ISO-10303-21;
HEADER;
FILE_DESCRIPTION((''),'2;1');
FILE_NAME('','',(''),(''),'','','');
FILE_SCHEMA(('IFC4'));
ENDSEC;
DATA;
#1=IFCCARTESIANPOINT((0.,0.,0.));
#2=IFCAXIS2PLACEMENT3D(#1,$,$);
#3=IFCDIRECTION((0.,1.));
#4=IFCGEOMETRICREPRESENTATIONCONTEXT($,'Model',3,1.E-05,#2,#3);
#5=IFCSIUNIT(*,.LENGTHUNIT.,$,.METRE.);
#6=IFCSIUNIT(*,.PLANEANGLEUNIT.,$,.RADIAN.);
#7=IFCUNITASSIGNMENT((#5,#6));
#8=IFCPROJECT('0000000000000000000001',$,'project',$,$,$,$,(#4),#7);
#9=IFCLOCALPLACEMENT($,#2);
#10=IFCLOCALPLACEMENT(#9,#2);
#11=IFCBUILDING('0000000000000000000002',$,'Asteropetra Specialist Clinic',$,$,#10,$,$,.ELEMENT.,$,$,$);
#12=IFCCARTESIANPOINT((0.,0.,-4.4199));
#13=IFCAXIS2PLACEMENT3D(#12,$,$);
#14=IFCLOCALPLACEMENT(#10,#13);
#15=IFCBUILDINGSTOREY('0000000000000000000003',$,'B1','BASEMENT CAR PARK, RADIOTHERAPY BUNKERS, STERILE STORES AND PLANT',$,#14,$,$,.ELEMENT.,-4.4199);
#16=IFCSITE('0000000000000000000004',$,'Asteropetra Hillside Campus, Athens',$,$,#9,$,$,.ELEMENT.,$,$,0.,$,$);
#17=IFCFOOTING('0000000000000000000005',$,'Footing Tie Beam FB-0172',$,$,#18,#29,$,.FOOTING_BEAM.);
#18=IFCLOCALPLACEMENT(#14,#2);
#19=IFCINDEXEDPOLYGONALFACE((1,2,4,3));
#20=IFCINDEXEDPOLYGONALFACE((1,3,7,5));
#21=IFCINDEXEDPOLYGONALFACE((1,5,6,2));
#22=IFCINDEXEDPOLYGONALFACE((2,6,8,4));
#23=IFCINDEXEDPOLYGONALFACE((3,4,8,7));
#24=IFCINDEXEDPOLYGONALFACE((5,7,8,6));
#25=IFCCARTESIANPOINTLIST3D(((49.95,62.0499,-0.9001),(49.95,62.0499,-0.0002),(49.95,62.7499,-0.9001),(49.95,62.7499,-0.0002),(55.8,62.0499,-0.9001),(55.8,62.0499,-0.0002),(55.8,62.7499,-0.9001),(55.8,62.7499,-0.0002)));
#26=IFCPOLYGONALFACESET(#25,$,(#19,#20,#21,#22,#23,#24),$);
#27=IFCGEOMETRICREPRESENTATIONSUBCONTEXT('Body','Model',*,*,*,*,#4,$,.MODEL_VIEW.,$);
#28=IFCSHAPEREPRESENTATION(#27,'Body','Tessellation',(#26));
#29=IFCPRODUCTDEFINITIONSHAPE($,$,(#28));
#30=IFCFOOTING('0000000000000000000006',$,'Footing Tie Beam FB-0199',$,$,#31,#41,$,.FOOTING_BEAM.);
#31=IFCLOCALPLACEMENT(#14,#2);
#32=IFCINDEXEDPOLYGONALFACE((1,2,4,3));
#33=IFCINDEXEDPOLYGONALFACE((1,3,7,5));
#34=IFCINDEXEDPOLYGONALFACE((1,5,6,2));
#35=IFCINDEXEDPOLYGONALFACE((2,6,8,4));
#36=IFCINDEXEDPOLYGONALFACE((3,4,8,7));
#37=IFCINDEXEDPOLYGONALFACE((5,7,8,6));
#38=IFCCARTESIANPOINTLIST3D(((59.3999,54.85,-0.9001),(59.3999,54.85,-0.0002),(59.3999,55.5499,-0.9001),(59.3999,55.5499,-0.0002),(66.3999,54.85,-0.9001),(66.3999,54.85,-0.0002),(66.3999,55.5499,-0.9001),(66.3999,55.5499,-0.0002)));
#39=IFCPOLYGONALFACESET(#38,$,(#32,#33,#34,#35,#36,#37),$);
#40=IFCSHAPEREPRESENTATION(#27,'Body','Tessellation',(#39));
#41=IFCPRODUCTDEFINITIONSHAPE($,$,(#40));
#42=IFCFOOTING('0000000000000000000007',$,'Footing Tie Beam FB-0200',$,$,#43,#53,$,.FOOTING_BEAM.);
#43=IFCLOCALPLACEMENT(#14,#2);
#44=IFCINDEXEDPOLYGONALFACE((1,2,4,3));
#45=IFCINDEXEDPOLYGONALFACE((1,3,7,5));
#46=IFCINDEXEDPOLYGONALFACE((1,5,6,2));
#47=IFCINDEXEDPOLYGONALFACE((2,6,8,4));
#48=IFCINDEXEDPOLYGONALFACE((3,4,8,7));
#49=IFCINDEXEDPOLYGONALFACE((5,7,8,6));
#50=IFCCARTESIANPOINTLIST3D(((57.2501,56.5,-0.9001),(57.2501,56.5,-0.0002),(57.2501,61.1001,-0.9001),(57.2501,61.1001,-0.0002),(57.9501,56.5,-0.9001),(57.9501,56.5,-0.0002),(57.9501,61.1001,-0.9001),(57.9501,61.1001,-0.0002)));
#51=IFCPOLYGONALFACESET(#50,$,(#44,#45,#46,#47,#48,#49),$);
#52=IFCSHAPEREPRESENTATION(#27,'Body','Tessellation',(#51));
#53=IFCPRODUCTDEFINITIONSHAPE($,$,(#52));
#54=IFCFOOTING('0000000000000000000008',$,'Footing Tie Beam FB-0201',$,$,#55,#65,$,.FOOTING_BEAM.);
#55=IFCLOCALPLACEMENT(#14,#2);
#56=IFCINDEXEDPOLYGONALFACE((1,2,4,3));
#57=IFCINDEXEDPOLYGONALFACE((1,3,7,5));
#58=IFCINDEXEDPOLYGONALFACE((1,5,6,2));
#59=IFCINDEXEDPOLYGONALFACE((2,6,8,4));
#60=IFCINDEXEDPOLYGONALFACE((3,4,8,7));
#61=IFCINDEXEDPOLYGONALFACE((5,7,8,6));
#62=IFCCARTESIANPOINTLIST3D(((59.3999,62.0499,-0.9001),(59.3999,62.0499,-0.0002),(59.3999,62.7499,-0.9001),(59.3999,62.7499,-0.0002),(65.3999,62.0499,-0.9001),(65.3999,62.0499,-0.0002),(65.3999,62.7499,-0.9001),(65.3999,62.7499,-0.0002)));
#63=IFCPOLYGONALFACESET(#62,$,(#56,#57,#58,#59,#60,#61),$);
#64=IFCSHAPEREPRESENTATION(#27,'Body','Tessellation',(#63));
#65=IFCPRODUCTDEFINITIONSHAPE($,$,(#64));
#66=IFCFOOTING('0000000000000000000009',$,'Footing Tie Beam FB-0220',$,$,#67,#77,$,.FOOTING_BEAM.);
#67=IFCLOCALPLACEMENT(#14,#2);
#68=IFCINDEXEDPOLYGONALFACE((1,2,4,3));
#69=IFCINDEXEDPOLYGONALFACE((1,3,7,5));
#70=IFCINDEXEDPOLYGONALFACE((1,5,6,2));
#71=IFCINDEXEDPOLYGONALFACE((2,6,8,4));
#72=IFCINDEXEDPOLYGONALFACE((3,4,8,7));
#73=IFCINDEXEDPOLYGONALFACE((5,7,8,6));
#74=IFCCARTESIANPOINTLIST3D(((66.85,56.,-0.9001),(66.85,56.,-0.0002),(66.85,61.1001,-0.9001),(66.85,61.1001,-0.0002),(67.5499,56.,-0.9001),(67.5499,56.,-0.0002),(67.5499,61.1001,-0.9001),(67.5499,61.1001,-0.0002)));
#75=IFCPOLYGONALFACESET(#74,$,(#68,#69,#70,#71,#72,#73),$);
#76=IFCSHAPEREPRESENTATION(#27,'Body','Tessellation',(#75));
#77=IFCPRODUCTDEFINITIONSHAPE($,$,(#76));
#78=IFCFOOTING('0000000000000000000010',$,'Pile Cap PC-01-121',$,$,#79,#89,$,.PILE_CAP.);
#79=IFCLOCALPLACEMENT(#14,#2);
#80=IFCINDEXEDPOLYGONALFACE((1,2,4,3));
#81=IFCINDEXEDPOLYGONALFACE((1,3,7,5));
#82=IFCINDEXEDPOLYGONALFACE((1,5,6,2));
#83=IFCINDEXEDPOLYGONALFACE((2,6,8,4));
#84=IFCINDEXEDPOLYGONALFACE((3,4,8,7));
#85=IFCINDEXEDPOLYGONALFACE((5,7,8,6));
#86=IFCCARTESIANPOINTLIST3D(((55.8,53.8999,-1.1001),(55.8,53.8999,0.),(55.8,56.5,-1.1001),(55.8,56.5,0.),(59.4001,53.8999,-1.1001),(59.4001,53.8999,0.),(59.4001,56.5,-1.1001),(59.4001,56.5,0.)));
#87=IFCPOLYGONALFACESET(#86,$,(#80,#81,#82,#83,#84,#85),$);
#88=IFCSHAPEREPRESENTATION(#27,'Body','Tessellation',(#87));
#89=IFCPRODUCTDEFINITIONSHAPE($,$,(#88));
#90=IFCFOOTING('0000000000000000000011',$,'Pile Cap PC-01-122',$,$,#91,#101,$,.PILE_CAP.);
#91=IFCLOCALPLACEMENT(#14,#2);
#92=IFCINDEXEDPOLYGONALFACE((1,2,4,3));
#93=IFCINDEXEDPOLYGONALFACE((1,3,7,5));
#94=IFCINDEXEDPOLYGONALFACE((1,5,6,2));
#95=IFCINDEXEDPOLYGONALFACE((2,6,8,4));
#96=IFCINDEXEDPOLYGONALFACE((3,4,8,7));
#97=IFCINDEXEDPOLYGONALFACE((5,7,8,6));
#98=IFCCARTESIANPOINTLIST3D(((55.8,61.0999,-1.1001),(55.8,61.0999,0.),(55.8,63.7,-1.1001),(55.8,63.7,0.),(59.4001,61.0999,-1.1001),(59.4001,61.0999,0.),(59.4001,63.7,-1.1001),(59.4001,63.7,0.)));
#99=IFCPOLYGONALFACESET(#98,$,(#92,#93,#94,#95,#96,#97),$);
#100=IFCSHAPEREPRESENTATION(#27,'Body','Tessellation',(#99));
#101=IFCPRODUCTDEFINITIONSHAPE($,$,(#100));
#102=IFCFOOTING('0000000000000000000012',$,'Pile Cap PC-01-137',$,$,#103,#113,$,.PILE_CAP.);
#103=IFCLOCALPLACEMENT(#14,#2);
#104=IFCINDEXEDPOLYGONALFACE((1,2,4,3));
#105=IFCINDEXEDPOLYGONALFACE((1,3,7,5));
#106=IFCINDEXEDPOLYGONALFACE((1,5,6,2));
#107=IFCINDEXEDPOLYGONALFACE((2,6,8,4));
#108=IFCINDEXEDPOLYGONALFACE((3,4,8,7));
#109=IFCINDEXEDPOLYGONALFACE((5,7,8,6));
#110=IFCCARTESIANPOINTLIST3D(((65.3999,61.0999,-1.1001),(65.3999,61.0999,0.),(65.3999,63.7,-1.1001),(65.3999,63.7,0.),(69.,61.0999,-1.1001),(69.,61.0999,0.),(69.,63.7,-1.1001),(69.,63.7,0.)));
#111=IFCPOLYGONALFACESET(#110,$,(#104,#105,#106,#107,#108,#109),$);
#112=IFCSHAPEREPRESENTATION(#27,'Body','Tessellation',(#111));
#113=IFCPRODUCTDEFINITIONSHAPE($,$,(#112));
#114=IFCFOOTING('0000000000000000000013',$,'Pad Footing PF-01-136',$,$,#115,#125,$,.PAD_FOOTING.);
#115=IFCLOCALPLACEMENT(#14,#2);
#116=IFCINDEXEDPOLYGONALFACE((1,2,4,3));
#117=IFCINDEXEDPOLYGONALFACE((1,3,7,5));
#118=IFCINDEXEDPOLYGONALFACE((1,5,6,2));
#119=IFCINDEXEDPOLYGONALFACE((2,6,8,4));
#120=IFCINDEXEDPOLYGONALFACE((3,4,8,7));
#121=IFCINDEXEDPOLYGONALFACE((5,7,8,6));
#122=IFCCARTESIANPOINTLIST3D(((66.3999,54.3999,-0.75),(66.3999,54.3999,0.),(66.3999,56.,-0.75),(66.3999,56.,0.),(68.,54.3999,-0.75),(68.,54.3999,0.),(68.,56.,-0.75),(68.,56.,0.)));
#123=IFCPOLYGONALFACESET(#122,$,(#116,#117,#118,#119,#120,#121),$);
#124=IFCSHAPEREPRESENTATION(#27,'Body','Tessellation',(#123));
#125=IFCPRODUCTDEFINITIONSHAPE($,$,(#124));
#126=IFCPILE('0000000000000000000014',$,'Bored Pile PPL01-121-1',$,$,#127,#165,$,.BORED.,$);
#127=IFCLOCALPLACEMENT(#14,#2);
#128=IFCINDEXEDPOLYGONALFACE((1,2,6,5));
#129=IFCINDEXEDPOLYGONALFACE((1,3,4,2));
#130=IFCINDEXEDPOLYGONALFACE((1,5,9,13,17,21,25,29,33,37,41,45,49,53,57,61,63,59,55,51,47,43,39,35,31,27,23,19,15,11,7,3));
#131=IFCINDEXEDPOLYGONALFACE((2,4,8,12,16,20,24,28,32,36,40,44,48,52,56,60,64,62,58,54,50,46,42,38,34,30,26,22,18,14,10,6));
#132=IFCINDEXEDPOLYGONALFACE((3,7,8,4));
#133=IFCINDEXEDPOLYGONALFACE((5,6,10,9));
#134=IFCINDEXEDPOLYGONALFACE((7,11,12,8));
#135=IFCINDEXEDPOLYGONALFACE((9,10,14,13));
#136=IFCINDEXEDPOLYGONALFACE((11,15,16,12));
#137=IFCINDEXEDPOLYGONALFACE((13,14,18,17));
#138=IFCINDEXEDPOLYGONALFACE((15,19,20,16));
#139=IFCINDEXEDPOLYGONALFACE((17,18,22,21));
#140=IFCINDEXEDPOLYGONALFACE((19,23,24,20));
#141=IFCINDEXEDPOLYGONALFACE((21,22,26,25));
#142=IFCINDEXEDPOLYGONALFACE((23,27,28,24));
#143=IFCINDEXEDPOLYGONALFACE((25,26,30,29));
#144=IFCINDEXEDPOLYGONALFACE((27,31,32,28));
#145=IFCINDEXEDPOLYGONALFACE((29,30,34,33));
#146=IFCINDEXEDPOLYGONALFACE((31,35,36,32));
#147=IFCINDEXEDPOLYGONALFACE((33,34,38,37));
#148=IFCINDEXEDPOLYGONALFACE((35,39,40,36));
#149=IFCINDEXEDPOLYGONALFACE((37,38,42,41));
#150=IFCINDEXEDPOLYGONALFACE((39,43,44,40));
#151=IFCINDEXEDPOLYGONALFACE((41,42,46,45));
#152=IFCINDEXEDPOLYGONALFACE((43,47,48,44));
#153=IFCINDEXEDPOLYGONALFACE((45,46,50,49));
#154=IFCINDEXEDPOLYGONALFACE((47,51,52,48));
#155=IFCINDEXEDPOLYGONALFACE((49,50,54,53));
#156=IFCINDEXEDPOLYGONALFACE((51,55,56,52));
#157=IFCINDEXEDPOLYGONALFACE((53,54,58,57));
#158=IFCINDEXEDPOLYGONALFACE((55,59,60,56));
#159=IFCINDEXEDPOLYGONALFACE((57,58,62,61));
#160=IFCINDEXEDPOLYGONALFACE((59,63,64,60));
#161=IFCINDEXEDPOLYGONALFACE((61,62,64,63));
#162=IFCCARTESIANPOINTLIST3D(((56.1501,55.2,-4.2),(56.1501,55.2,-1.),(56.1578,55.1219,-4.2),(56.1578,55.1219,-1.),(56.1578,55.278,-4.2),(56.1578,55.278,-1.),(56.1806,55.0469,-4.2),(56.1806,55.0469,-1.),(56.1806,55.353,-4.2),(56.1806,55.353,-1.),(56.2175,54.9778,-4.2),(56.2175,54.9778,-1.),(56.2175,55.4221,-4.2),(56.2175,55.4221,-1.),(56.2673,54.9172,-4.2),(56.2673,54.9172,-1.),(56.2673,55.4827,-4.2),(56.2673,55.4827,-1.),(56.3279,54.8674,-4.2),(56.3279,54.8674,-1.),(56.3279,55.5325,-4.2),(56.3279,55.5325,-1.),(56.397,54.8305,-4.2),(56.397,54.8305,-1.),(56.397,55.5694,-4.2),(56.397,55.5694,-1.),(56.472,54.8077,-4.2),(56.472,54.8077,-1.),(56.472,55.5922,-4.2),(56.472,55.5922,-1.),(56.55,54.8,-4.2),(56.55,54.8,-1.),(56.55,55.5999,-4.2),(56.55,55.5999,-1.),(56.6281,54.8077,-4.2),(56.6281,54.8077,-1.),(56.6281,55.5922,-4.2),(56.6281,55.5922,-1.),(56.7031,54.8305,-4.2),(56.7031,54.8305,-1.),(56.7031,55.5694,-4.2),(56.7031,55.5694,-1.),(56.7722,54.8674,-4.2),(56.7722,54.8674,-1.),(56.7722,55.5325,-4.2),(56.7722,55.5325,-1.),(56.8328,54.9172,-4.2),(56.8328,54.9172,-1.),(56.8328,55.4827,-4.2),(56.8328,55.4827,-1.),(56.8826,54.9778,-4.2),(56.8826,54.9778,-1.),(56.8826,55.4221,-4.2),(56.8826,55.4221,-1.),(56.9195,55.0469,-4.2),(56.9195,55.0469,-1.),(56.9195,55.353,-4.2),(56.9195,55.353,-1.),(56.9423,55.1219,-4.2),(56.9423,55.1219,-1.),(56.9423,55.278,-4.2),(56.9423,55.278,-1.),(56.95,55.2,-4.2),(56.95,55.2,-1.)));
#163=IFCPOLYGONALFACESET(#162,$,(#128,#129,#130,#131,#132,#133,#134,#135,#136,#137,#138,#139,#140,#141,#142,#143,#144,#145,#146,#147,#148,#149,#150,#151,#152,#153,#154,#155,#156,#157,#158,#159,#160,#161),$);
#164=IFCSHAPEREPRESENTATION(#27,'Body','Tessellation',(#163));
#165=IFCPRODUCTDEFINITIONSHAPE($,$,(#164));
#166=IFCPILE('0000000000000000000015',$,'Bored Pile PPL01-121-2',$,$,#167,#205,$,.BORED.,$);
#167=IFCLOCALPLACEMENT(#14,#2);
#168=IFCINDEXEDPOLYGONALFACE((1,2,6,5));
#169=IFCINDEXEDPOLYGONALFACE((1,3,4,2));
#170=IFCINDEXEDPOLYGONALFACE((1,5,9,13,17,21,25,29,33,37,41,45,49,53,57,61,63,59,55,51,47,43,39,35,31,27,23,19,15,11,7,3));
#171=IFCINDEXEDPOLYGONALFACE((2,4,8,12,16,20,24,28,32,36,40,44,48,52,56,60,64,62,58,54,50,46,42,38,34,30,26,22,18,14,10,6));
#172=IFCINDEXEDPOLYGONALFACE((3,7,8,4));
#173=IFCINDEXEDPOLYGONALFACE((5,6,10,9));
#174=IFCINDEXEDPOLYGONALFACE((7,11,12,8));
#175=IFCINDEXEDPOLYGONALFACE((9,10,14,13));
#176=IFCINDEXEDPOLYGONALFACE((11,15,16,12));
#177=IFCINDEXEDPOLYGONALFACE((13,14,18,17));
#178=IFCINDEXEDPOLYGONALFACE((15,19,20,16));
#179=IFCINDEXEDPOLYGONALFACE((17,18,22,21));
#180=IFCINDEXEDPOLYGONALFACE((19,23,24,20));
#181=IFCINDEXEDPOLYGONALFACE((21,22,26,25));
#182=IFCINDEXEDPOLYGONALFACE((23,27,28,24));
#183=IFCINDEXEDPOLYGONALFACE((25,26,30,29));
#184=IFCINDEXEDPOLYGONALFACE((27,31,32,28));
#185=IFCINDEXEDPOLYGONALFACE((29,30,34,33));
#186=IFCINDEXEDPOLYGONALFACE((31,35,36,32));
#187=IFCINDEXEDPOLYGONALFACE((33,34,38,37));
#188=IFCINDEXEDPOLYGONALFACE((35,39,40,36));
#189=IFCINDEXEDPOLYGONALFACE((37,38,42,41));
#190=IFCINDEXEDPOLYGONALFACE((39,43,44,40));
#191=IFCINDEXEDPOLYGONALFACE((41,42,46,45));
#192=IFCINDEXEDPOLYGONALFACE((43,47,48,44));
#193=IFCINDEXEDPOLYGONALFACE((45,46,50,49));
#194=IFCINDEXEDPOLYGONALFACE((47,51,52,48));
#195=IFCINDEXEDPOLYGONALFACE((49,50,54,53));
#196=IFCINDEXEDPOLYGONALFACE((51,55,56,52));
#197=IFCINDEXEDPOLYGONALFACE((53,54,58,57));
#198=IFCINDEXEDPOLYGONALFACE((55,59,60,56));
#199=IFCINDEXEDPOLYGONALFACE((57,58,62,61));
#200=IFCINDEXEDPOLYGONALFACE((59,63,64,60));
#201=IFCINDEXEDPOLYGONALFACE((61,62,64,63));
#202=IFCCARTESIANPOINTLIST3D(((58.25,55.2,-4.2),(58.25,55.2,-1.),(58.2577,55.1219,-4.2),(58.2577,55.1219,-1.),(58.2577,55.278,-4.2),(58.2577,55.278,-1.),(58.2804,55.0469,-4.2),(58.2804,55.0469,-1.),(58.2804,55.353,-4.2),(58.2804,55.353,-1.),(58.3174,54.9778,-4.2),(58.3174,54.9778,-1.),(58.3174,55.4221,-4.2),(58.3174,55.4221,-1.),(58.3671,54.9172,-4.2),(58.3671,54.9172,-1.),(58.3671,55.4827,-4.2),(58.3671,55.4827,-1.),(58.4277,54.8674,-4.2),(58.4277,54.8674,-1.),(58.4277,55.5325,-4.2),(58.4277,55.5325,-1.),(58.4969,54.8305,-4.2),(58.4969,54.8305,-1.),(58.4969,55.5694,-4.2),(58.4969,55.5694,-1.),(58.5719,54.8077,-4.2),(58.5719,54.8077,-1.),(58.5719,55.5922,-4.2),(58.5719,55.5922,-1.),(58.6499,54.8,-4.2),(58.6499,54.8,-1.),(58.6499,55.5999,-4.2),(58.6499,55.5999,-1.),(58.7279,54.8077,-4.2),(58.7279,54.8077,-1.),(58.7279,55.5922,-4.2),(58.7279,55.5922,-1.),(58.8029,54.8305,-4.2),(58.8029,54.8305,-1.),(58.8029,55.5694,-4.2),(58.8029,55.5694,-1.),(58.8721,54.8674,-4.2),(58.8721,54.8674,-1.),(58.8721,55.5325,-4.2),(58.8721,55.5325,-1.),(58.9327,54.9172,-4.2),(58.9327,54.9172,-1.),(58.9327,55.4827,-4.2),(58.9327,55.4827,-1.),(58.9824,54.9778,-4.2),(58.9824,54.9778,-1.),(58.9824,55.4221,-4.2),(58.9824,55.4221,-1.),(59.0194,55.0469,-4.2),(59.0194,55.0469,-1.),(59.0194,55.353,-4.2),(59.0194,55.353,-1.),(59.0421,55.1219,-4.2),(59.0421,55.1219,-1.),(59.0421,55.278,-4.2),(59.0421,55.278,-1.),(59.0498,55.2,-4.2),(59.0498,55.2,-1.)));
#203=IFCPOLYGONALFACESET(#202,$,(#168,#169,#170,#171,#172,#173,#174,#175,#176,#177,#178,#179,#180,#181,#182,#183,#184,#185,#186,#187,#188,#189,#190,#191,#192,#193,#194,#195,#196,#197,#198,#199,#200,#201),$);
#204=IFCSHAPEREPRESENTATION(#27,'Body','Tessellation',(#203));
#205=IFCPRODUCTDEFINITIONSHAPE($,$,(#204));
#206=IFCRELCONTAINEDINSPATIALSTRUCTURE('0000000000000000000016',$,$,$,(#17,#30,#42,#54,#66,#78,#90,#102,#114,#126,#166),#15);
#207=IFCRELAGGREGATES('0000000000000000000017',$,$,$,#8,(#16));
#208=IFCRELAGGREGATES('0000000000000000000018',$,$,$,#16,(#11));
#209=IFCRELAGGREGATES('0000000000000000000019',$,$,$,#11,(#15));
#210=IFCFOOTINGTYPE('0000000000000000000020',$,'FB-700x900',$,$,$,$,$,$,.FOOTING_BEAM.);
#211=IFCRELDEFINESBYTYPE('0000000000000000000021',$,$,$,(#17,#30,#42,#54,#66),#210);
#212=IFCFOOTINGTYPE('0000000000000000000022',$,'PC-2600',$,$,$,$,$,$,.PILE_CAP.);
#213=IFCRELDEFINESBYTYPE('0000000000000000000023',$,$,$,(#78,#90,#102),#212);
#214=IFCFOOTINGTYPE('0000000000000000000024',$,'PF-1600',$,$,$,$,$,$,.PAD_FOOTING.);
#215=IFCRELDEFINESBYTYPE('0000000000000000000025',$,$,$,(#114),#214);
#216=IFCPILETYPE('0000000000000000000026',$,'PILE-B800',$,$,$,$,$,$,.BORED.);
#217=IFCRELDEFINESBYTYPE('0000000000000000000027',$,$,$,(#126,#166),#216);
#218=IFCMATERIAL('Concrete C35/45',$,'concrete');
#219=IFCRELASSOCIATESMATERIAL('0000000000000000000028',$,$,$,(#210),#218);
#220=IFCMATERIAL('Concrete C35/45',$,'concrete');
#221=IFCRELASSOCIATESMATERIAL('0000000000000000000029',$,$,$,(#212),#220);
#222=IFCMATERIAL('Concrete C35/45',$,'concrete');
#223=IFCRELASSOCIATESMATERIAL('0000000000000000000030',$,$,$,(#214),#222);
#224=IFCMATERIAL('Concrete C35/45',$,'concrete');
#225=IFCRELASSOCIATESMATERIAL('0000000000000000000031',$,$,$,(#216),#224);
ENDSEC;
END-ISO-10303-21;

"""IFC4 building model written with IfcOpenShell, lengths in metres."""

from ifc_helpers import new_model, si_unit, direction, frame, origin, origin_2d, place, context, subcontext, project, spatial, rectangle, circle, extrude, material, material_profile, profile_set, type_object, element, save


model = new_model("IFC4")

# Units and contexts
model_context = context("Model", 3, precision=1e-05, world=origin(), true_north=direction((0.0, 1.0)))
body_context = subcontext(model_context, "Body", "Model", "MODEL_VIEW")
ifc_project = project(units=[si_unit("LENGTHUNIT", "METRE"), si_unit("PLANEANGLEUNIT", "RADIAN")], contexts=[model_context])

# Site, building, storey
site_placement = place(None, origin())
site = spatial("IfcSite", under=ifc_project, at=site_placement, Name="Asteropetra Hillside Campus, Athens", CompositionType="ELEMENT", RefElevation=0.0)
building_placement = place(site_placement, origin())
building = spatial("IfcBuilding", under=site, at=building_placement, Name="Asteropetra Specialist Clinic", CompositionType="ELEMENT")
storey_placement = place(building_placement, frame((0.0, 0.0, -4.4199)))
storey = spatial("IfcBuildingStorey", under=building, at=storey_placement, Name="B1", Description="BASEMENT CAR PARK, RADIOTHERAPY BUNKERS, STERILE STORES AND PLANT", CompositionType="ELEMENT", Elevation=-4.4199)

# Footings
ifc_material_1 = material(Name="Concrete C35/45", Category="concrete")
ifc_material_profile_1 = material_profile(ifc_material_1, rectangle(XDim=0.7, YDim=0.8999, at=origin_2d()), Name="FB 700x900")
ifc_profile_set_1 = profile_set([ifc_material_profile_1], Name="Concrete C35/45")
footing_type_1 = type_object("IfcFootingType", Name="FB-700x900", PredefinedType="FOOTING_BEAM", material=ifc_profile_set_1)
footing_1_placement = place(storey_placement, frame((49.95, 62.3999, -0.4502), z_axis=(1.0, 0.0, 0.0), x_axis=(0.0, 1.0, 0.0)))
element("IfcFooting", 1, at=footing_1_placement, inside=storey, type_object=footing_type_1, Name="Footing Tie Beam FB-0172", PredefinedType="FOOTING_BEAM", context=body_context, shape_type="SweptSolid", body=[
    extrude(rectangle(XDim=0.7, YDim=0.8999, at=origin_2d()), origin(), (0.0, 0.0, 1.0), 5.8501),
])
footing_2_placement = place(storey_placement, frame((59.3999, 55.2, -0.4502), z_axis=(1.0, 0.0, 0.0), x_axis=(0.0, 1.0, 0.0)))
element("IfcFooting", 2, at=footing_2_placement, inside=storey, type_object=footing_type_1, Name="Footing Tie Beam FB-0199", PredefinedType="FOOTING_BEAM", context=body_context, shape_type="SweptSolid", body=[
    extrude(rectangle(XDim=0.7, YDim=0.8999, at=origin_2d()), origin(), (0.0, 0.0, 1.0), 7.0),
])
footing_3_placement = place(storey_placement, frame((57.6001, 56.5, -0.4502), z_axis=(0.0, 1.0, 0.0), x_axis=(-1.0, 0.0, 0.0)))
element("IfcFooting", 3, at=footing_3_placement, inside=storey, type_object=footing_type_1, Name="Footing Tie Beam FB-0200", PredefinedType="FOOTING_BEAM", context=body_context, shape_type="SweptSolid", body=[
    extrude(rectangle(XDim=0.7, YDim=0.8999, at=origin_2d()), origin(), (0.0, 0.0, 1.0), 4.6001),
])
footing_4_placement = place(storey_placement, frame((59.3999, 62.3999, -0.4502), z_axis=(1.0, 0.0, 0.0), x_axis=(0.0, 1.0, 0.0)))
element("IfcFooting", 4, at=footing_4_placement, inside=storey, type_object=footing_type_1, Name="Footing Tie Beam FB-0201", PredefinedType="FOOTING_BEAM", context=body_context, shape_type="SweptSolid", body=[
    extrude(rectangle(XDim=0.7, YDim=0.8999, at=origin_2d()), origin(), (0.0, 0.0, 1.0), 6.0),
])
footing_5_placement = place(storey_placement, frame((67.2, 56.0, -0.4502), z_axis=(0.0, 1.0, 0.0), x_axis=(-1.0, 0.0, 0.0)))
element("IfcFooting", 5, at=footing_5_placement, inside=storey, type_object=footing_type_1, Name="Footing Tie Beam FB-0220", PredefinedType="FOOTING_BEAM", context=body_context, shape_type="SweptSolid", body=[
    extrude(rectangle(XDim=0.7, YDim=0.8999, at=origin_2d()), origin(), (0.0, 0.0, 1.0), 5.1001),
])
ifc_material_2 = material(Name="Concrete C35/45", Category="concrete")
footing_type_2 = type_object("IfcFootingType", Name="PC-2600", PredefinedType="PILE_CAP", material=ifc_material_2)
for number, where, z_axis, x_axis, name in (
    (6, (57.6001, 55.2, -1.1001), (0.0, 0.0, 1.0), (1.0, 0.0, 0.0), "Pile Cap PC-01-121"),
    (7, (57.6001, 62.3999, -1.1001), (0.0, 0.0, 1.0), (1.0, 0.0, 0.0), "Pile Cap PC-01-122"),
    (8, (67.2, 62.3999, -1.1001), (0.0, 0.0, 1.0), (1.0, 0.0, 0.0), "Pile Cap PC-01-137"),
):
    element("IfcFooting", number, at=place(storey_placement, frame(where, z_axis=z_axis, x_axis=x_axis)), inside=storey, type_object=footing_type_2, Name=name, PredefinedType="PILE_CAP", context=body_context, shape_type="SweptSolid", body=[
        extrude(rectangle(XDim=3.6001, YDim=2.6001, at=origin_2d()), origin(), (0.0, 0.0, 1.0), 1.1001),
    ])
ifc_material_3 = material(Name="Concrete C35/45", Category="concrete")
footing_type_3 = type_object("IfcFootingType", Name="PF-1600", PredefinedType="PAD_FOOTING", material=ifc_material_3)
footing_6_placement = place(storey_placement, frame((67.2, 55.2, -0.75), z_axis=(0.0, 0.0, 1.0), x_axis=(1.0, 0.0, 0.0)))
element("IfcFooting", 9, at=footing_6_placement, inside=storey, type_object=footing_type_3, Name="Pad Footing PF-01-136", PredefinedType="PAD_FOOTING", context=body_context, shape_type="SweptSolid", body=[
    extrude(rectangle(XDim=1.6001, YDim=1.6001, at=origin_2d()), origin(), (0.0, 0.0, 1.0), 0.75),
])

# Piles
ifc_material_4 = material(Name="Concrete C35/45", Category="concrete")
ifc_material_profile_2 = material_profile(ifc_material_4, circle(Radius=0.3999, at=origin_2d()), Name="PILE D800")
ifc_profile_set_2 = profile_set([ifc_material_profile_2], Name="Concrete C35/45")
pile_type_1 = type_object("IfcPileType", Name="PILE-B800", PredefinedType="BORED", material=ifc_profile_set_2)
for number, where, z_axis, x_axis, name in (
    (10, (56.55, 55.2, -1.0), (0.0, 0.0, -1.0), (1.0, 0.0, 0.0), "Bored Pile PPL01-121-1"),
    (11, (58.6499, 55.2, -1.0), (0.0, 0.0, -1.0), (1.0, 0.0, 0.0), "Bored Pile PPL01-121-2"),
):
    element("IfcPile", number, at=place(storey_placement, frame(where, z_axis=z_axis, x_axis=x_axis)), inside=storey, type_object=pile_type_1, Name=name, PredefinedType="BORED", context=body_context, shape_type="SweptSolid", body=[
        extrude(circle(Radius=0.3999, at=origin_2d()), origin(), (0.0, 0.0, 1.0), 3.2),
    ])

save(model, "model.ifc")
